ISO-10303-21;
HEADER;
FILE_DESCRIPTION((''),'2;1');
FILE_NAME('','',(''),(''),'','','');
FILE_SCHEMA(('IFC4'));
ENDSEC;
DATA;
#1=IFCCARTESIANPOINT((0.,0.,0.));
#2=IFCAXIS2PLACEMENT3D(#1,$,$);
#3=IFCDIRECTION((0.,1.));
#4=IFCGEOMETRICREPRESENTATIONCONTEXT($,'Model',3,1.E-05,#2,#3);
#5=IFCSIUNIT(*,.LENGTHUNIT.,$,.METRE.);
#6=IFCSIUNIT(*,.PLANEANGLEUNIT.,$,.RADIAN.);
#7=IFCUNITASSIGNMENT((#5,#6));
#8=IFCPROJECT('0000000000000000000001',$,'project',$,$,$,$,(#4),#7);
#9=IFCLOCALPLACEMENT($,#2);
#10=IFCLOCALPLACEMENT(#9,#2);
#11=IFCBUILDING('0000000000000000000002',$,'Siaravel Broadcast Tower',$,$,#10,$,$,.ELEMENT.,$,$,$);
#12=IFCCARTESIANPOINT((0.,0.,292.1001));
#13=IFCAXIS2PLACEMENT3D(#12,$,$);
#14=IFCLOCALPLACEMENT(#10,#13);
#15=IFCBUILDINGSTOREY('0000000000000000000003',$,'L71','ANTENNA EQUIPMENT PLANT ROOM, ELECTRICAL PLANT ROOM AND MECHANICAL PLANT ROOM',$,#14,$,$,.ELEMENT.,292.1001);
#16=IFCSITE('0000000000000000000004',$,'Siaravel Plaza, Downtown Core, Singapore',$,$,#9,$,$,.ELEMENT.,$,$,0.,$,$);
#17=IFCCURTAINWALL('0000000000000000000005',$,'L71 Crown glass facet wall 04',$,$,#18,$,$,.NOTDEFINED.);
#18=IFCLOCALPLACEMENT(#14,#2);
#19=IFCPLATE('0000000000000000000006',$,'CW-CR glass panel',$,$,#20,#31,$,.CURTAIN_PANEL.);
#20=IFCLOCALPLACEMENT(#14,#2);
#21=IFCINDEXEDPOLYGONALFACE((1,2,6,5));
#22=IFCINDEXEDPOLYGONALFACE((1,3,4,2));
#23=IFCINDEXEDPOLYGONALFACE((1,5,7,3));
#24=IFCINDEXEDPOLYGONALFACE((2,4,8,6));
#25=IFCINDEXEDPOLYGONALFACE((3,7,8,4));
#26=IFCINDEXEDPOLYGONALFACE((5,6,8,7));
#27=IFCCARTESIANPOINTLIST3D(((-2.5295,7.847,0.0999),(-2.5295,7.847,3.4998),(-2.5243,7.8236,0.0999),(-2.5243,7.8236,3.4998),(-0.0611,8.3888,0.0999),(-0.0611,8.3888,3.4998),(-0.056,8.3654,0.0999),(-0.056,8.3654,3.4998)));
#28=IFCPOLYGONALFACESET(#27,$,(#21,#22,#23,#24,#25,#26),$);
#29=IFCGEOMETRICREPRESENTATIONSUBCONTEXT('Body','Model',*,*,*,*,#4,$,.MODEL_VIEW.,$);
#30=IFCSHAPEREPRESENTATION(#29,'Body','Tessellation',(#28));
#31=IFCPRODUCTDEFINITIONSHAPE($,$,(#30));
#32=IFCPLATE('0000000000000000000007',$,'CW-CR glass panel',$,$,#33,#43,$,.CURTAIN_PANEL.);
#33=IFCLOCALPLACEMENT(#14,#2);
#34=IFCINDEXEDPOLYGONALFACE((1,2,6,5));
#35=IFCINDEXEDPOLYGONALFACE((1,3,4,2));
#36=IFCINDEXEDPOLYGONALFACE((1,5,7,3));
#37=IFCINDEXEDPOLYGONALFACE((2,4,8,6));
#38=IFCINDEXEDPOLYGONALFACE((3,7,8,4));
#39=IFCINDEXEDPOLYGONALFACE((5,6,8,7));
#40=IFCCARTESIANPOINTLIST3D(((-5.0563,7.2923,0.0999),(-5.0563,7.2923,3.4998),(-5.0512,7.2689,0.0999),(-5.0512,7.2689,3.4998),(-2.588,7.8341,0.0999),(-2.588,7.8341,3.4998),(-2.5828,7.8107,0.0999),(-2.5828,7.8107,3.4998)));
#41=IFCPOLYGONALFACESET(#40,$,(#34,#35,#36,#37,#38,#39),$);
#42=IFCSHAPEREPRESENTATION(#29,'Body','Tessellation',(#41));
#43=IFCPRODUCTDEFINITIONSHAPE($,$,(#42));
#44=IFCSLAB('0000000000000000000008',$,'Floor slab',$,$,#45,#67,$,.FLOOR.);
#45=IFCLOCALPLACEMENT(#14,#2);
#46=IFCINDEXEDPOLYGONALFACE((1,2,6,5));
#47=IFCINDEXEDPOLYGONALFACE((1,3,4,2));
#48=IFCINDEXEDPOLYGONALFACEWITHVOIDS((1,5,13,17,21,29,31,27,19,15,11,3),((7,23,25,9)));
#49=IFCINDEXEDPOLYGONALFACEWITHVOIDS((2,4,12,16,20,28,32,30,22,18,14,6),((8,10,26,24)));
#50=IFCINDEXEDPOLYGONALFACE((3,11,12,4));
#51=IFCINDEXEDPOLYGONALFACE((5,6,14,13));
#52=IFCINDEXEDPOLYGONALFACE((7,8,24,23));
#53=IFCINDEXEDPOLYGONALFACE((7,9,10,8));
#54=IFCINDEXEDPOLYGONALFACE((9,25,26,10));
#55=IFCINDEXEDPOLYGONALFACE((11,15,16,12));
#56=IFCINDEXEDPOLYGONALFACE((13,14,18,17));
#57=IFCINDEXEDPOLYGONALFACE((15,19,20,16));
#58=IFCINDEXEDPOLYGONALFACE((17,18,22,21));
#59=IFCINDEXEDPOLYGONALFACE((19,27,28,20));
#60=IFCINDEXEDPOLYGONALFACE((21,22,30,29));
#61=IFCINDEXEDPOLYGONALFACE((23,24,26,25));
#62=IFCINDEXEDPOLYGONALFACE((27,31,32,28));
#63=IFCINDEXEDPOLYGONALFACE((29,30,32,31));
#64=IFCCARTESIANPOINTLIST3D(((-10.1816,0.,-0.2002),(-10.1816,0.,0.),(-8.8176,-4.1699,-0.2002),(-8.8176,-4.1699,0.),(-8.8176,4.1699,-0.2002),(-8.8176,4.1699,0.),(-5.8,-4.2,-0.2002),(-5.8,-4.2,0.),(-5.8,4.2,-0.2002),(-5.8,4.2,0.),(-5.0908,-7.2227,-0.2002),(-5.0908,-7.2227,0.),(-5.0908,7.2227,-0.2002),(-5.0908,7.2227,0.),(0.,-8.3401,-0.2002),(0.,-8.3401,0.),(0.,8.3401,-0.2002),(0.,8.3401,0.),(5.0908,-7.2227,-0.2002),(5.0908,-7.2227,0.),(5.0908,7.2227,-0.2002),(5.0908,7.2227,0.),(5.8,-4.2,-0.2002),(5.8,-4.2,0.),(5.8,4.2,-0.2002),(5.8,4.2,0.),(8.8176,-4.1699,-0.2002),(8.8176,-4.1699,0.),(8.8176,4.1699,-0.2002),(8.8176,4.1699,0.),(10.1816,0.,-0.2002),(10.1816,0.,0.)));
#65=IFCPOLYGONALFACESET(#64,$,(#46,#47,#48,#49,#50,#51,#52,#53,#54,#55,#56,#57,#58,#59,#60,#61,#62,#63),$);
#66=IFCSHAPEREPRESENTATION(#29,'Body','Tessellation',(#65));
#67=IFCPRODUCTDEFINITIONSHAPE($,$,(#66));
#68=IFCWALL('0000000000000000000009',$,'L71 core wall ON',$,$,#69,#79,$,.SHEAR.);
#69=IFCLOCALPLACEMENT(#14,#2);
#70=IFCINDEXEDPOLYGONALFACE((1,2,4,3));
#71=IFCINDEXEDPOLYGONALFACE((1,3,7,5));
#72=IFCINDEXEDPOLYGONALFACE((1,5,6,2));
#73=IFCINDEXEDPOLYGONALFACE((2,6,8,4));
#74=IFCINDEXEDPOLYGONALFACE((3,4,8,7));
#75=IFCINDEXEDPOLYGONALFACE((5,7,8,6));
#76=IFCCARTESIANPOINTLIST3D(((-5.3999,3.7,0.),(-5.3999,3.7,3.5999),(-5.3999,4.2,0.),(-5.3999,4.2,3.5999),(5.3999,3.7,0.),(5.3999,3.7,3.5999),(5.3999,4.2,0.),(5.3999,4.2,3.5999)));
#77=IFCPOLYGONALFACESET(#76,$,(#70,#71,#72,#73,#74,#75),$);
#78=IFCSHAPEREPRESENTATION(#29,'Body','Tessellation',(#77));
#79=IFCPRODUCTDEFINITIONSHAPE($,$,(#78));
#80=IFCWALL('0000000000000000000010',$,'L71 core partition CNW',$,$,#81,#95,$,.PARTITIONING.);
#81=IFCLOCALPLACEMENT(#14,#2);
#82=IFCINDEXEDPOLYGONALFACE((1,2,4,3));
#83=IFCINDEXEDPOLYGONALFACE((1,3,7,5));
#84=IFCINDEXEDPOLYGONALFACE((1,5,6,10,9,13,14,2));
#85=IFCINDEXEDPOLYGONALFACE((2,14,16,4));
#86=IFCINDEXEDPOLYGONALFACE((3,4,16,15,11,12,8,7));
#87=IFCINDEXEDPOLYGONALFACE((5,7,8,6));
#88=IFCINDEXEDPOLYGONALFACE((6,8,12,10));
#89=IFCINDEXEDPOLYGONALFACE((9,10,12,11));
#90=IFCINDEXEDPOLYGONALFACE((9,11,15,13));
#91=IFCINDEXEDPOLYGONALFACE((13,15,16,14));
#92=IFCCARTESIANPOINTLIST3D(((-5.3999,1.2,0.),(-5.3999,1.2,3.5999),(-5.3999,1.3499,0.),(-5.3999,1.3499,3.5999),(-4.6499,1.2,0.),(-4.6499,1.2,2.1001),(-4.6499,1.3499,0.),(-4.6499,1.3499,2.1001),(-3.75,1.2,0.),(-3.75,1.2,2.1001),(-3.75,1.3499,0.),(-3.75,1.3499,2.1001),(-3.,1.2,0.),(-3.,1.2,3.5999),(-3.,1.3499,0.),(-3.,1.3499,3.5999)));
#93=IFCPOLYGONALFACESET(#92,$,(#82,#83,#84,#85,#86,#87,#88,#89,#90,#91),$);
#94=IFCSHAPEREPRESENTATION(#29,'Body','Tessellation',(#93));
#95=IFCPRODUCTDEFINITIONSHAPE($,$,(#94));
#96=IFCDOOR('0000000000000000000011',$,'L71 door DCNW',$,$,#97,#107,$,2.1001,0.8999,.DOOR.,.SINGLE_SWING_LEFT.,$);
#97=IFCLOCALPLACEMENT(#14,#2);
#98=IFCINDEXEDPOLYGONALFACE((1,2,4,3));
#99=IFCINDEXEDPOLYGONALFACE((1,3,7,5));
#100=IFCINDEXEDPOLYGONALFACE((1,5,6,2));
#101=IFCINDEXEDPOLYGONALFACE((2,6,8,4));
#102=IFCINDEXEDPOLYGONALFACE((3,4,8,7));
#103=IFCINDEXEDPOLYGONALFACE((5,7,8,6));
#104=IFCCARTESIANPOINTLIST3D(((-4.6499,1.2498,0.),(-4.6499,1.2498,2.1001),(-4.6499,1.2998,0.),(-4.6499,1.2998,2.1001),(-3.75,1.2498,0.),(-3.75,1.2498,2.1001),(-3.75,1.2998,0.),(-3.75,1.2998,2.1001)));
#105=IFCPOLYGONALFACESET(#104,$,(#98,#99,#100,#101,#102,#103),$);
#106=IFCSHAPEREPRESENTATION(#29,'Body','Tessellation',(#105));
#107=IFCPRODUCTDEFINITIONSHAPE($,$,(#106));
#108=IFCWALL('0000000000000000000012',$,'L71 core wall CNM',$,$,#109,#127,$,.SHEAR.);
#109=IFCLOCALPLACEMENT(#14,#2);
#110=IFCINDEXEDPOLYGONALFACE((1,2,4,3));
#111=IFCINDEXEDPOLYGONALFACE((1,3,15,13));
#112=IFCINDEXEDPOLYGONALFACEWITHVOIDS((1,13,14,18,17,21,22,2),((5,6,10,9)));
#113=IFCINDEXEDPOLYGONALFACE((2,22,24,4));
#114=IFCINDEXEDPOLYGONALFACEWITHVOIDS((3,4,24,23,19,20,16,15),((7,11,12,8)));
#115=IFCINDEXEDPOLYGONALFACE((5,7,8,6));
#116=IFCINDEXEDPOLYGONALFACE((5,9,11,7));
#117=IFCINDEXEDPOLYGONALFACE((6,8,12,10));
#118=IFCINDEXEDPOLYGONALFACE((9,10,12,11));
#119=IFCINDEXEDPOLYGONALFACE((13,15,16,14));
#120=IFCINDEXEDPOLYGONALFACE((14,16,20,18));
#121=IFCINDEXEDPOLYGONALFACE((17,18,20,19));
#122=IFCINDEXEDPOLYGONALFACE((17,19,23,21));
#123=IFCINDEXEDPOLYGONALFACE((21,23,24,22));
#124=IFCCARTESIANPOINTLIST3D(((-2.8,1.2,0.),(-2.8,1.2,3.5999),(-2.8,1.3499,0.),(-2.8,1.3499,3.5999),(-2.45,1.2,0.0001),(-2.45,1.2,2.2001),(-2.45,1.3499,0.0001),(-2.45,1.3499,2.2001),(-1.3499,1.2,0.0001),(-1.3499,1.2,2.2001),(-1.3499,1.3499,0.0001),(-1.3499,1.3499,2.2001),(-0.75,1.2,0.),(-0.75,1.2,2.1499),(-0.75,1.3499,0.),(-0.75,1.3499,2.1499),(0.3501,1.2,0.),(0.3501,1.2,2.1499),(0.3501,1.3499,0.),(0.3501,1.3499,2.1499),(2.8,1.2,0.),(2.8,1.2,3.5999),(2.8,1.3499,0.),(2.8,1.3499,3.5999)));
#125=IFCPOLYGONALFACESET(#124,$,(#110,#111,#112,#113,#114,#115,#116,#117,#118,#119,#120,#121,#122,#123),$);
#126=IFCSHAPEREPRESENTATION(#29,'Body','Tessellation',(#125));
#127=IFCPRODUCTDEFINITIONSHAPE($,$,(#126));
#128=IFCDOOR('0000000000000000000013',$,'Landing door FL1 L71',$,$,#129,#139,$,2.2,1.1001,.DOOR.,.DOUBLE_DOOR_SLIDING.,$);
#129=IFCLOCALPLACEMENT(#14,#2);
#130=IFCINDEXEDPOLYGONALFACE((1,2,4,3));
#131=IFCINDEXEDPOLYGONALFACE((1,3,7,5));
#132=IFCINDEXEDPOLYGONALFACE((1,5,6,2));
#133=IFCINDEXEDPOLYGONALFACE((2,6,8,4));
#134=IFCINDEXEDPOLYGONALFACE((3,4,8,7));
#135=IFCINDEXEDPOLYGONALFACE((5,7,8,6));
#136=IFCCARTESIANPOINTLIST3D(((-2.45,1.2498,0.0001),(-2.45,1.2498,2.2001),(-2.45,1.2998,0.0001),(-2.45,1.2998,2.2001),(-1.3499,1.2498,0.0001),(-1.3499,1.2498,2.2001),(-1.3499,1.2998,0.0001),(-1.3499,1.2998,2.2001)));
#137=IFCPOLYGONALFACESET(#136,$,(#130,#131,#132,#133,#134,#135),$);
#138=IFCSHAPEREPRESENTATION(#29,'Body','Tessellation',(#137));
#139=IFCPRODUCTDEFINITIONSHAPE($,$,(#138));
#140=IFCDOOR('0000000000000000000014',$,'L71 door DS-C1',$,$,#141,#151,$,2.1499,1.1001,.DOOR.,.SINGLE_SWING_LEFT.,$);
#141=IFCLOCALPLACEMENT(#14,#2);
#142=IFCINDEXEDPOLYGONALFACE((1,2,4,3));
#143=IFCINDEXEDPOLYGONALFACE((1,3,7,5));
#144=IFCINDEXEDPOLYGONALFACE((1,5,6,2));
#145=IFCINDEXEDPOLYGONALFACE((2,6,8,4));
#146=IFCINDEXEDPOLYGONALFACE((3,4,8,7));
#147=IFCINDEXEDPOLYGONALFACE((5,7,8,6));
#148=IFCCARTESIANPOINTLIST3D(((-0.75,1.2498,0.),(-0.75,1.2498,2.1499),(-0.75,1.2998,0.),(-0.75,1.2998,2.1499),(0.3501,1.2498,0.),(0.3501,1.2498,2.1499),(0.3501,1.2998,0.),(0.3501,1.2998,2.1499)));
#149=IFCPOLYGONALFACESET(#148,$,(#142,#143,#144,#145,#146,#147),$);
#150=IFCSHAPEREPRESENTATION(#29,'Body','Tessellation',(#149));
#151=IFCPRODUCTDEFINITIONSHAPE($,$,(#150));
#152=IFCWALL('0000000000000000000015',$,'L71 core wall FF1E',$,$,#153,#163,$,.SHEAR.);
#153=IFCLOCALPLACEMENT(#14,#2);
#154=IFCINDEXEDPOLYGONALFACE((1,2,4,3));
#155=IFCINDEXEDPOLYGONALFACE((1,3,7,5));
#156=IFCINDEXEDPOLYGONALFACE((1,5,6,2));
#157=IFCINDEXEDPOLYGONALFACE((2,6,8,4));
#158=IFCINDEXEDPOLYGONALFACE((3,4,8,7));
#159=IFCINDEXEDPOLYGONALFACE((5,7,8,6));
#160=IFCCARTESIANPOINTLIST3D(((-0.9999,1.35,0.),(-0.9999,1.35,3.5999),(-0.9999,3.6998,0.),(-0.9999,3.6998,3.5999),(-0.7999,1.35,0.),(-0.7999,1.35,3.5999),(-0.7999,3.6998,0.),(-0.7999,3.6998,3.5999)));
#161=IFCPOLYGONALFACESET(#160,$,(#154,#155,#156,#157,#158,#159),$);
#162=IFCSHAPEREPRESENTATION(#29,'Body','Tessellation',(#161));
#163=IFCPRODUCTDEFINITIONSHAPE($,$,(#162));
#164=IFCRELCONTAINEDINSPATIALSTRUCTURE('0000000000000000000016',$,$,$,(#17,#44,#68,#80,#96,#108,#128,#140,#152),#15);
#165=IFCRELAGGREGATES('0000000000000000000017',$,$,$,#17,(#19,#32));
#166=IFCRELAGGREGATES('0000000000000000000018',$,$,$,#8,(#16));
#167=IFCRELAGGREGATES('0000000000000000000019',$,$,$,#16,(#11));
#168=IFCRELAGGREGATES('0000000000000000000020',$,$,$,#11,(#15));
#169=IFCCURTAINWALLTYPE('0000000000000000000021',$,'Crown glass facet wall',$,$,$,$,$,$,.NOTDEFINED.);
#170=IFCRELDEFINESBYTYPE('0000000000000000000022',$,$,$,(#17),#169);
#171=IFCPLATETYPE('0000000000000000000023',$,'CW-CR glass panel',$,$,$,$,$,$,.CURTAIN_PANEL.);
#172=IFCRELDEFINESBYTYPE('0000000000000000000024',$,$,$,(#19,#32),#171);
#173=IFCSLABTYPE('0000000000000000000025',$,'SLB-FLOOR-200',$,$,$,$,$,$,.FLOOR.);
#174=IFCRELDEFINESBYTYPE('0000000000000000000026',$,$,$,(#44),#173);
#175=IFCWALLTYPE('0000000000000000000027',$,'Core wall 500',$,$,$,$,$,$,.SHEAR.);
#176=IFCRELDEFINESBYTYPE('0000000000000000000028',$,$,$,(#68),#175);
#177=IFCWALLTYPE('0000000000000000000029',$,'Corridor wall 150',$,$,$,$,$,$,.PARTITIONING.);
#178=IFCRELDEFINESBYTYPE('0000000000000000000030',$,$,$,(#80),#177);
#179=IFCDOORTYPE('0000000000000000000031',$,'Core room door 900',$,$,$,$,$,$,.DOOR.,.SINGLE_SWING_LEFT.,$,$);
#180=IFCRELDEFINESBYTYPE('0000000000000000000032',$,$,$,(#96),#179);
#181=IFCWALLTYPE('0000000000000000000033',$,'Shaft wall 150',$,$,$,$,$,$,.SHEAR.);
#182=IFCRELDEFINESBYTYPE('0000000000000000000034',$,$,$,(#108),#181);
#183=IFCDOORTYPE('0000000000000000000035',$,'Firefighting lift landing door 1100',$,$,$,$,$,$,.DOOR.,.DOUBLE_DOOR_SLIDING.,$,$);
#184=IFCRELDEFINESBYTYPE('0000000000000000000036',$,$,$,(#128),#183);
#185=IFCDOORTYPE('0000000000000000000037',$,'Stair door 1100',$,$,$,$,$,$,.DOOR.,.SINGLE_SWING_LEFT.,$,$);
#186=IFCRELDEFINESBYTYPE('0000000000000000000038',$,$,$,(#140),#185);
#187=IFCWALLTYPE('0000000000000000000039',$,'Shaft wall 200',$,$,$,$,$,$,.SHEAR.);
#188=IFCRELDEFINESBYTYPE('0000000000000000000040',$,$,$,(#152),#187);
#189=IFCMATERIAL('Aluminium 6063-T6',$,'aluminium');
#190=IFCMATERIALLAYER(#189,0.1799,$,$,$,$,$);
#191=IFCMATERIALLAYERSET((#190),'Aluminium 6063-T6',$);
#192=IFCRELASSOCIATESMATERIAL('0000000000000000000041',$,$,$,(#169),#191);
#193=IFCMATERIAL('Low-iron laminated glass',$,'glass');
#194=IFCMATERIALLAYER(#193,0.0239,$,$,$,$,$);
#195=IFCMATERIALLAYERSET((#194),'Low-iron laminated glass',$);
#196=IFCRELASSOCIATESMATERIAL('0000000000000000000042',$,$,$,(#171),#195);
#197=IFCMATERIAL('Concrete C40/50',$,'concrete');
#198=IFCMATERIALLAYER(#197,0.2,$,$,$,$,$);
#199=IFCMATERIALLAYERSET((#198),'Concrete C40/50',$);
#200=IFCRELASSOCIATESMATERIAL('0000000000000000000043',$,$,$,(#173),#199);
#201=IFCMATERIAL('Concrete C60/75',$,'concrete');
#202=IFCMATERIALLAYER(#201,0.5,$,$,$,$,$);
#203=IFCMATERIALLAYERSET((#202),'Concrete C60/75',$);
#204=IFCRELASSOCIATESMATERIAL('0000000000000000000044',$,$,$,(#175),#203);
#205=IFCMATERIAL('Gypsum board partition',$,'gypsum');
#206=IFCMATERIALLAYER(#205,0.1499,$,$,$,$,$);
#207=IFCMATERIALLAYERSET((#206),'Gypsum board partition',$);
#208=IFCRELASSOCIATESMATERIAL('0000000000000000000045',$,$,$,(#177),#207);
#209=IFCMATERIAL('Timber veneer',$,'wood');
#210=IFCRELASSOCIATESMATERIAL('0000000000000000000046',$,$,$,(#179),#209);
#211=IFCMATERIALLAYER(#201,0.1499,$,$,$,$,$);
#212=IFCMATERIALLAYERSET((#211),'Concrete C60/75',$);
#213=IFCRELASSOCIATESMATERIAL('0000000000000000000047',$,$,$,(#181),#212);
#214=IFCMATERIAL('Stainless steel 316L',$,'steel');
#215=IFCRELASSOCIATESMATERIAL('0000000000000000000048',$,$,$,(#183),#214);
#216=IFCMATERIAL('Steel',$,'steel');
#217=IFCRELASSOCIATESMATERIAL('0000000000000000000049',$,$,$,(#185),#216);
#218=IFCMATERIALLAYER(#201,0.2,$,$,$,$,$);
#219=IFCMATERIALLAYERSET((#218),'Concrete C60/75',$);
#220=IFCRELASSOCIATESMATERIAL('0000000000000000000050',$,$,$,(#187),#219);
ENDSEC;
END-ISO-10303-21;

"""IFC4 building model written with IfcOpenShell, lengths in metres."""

from ifc_helpers import new_model, si_unit, direction, frame, frame_2d, origin, origin_2d, place, context, subcontext, project, spatial, polyline, rectangle, outline, extrude, material, layer, layer_set, type_object, element, fill, aggregate, save


model = new_model("IFC4")

# Units and contexts
model_context = context("Model", 3, precision=1e-05, world=origin(), true_north=direction((0.0, 1.0)))
body_context = subcontext(model_context, "Body", "Model", "MODEL_VIEW")
ifc_project = project(units=[si_unit("LENGTHUNIT", "METRE"), si_unit("PLANEANGLEUNIT", "RADIAN")], contexts=[model_context])

# Site, building, storey
site_placement = place(None, origin())
site = spatial("IfcSite", under=ifc_project, at=site_placement, Name="Siaravel Plaza, Downtown Core, Singapore", CompositionType="ELEMENT", RefElevation=0.0)
building_placement = place(site_placement, origin())
building = spatial("IfcBuilding", under=site, at=building_placement, Name="Siaravel Broadcast Tower", CompositionType="ELEMENT")
storey_placement = place(building_placement, frame((0.0, 0.0, 292.1001)))
storey = spatial("IfcBuildingStorey", under=building, at=storey_placement, Name="L71", Description="ANTENNA EQUIPMENT PLANT ROOM, ELECTRICAL PLANT ROOM AND MECHANICAL PLANT ROOM", CompositionType="ELEMENT", Elevation=292.1001)

# Curtain wall
ifc_material_1 = material(Name="Aluminium 6063-T6", Category="aluminium")
ifc_layer_1 = layer(ifc_material_1, 0.1799)
ifc_layer_set_1 = layer_set([ifc_layer_1], Name="Aluminium 6063-T6")
curtain_wall_type = type_object("IfcCurtainWallType", Name="Crown glass facet wall", PredefinedType="NOTDEFINED", material=ifc_layer_set_1)
curtain_wall_1_placement = place(storey_placement, origin())
curtain_wall_1 = element("IfcCurtainWall", 1, at=curtain_wall_1_placement, inside=storey, type_object=curtain_wall_type, Name="L71 Crown glass facet wall 04", PredefinedType="NOTDEFINED")

# Plates
ifc_material_2 = material(Name="Low-iron laminated glass", Category="glass")
ifc_layer_2 = layer(ifc_material_2, 0.0239)
ifc_layer_set_2 = layer_set([ifc_layer_2], Name="Low-iron laminated glass")
plate_type = type_object("IfcPlateType", Name="CW-CR glass panel", PredefinedType="CURTAIN_PANEL", material=ifc_layer_set_2)
plate_1_placement = place(storey_placement, frame((-1.2927, 8.1062, 0.0999), z_axis=(0.0, 0.0, 1.0), x_axis=(-0.976746, -0.214399, 0.0)))
plate_1 = element("IfcPlate", 2, at=plate_1_placement, type_object=plate_type, Name="CW-CR glass panel", PredefinedType="CURTAIN_PANEL", context=body_context, shape_type="SweptSolid", body=[
    extrude(rectangle(XDim=2.5271, YDim=0.0239, at=origin_2d()), origin(), (0.0, 0.0, 1.0), 3.3999),
])
plate_2_placement = place(storey_placement, frame((-3.8196, 7.5515, 0.0999), z_axis=(0.0, 0.0, 1.0), x_axis=(-0.976746, -0.214399, 0.0)))
plate_2 = element("IfcPlate", 3, at=plate_2_placement, type_object=plate_type, Name="CW-CR glass panel", PredefinedType="CURTAIN_PANEL", context=body_context, shape_type="SweptSolid", body=[
    extrude(rectangle(XDim=2.5271, YDim=0.0239, at=origin_2d()), origin(), (0.0, 0.0, 1.0), 3.3999),
])
aggregate(curtain_wall_1, [plate_1, plate_2])

# Slab
ifc_material_3 = material(Name="Concrete C40/50", Category="concrete")
ifc_layer_3 = layer(ifc_material_3, 0.2)
ifc_layer_set_3 = layer_set([ifc_layer_3], Name="Concrete C40/50")
slab_type = type_object("IfcSlabType", Name="SLB-FLOOR-200", PredefinedType="FLOOR", material=ifc_layer_set_3)
slab_placement = place(storey_placement, frame((0.0, 0.0, -0.2002)))
element("IfcSlab", 4, at=slab_placement, inside=storey, type_object=slab_type, Name="Floor slab", PredefinedType="FLOOR", context=body_context, shape_type="SweptSolid", body=[
    extrude(outline(polyline([(10.1816, 0.0), (8.8176, 4.1699), (5.0908, 7.2227), (0.0, 8.3401), (-5.0908, 7.2227), (-8.8176, 4.1699), (-10.1816, 0.0), (-8.8176, -4.1699), (-5.0908, -7.2227), (0.0, -8.3401), (5.0908, -7.2227), (8.8176, -4.1699), (10.1816, 0.0)]), holes=[polyline([(-5.8, 4.2), (5.8, 4.2), (5.8, -4.2), (-5.8, -4.2), (-5.8, 4.2)])]), origin(), (0.0, 0.0, 1.0), 0.2002),
])

# Wall
ifc_material_4 = material(Name="Concrete C60/75", Category="concrete")
ifc_layer_4 = layer(ifc_material_4, 0.5)
ifc_layer_set_4 = layer_set([ifc_layer_4], Name="Concrete C60/75")
wall_type_1 = type_object("IfcWallType", Name="Core wall 500", PredefinedType="SHEAR", material=ifc_layer_set_4)
wall_1_placement = place(storey_placement, frame((-5.3999, 3.95, 0.0), z_axis=(0.0, 0.0, 1.0), x_axis=(1.0, 0.0, 0.0)))
element("IfcWall", 5, at=wall_1_placement, inside=storey, type_object=wall_type_1, Name="L71 core wall ON", PredefinedType="SHEAR", context=body_context, shape_type="SweptSolid", body=[
    extrude(rectangle(XDim=10.7998, YDim=0.5, at=frame_2d((5.3999, 0.0))), origin(), (0.0, 0.0, 1.0), 3.5999),
])

# Wall, opening, door
ifc_material_5 = material(Name="Gypsum board partition", Category="gypsum")
ifc_layer_5 = layer(ifc_material_5, 0.1499)
ifc_layer_set_5 = layer_set([ifc_layer_5], Name="Gypsum board partition")
wall_type_2 = type_object("IfcWallType", Name="Corridor wall 150", PredefinedType="PARTITIONING", material=ifc_layer_set_5)
wall_2_placement = place(storey_placement, frame((-5.3999, 1.2749, 0.0), z_axis=(0.0, 0.0, 1.0), x_axis=(1.0, 0.0, 0.0)))
wall_2 = element("IfcWall", 6, at=wall_2_placement, inside=storey, type_object=wall_type_2, Name="L71 core partition CNW", PredefinedType="PARTITIONING", context=body_context, shape_type="SweptSolid", body=[
    extrude(rectangle(XDim=2.3999, YDim=0.1499, at=frame_2d((1.2, 0.0))), origin(), (0.0, 0.0, 1.0), 3.5999),
])
opening_1_placement = place(wall_2_placement, frame((0.75, 0.0, 0.0)))
opening_1 = element("IfcOpeningElement", 7, at=opening_1_placement, cuts=wall_2, PredefinedType="OPENING", context=body_context, shape_type="SweptSolid", body=[
    extrude(rectangle(XDim=0.8999, YDim=2.1001, at=frame_2d((0.45, 1.05))), frame((0.0, 0.085, 0.0), z_axis=(0.0, -1.0, 0.0), x_axis=(1.0, 0.0, 0.0)), (0.0, 0.0, 1.0), 0.1699),
])
ifc_material_6 = material(Name="Timber veneer", Category="wood")
door_type_1 = type_object("IfcDoorType", Name="Core room door 900", OperationType="SINGLE_SWING_LEFT", PredefinedType="DOOR", material=ifc_material_6)
door_1_placement = place(opening_1_placement, origin())
door_1 = element("IfcDoor", 8, at=door_1_placement, inside=storey, type_object=door_type_1, Name="L71 door DCNW", OperationType="SINGLE_SWING_LEFT", OverallHeight=2.1001, OverallWidth=0.8999, PredefinedType="DOOR", context=body_context, shape_type="SweptSolid", body=[
    extrude(rectangle(XDim=0.8999, YDim=2.1001, at=frame_2d((0.45, 1.05))), frame((0.0, 0.0249, 0.0), z_axis=(0.0, -1.0, 0.0), x_axis=(1.0, 0.0, 0.0)), (0.0, 0.0, 1.0), 0.05),
])
fill(opening_1, door_1)

# Wall, openings, doors
ifc_layer_6 = layer(ifc_material_4, 0.1499)
ifc_layer_set_6 = layer_set([ifc_layer_6], Name="Concrete C60/75")
wall_type_3 = type_object("IfcWallType", Name="Shaft wall 150", PredefinedType="SHEAR", material=ifc_layer_set_6)
wall_3_placement = place(storey_placement, frame((-2.8, 1.2749, 0.0), z_axis=(0.0, 0.0, 1.0), x_axis=(1.0, 0.0, 0.0)))
wall_3 = element("IfcWall", 9, at=wall_3_placement, inside=storey, type_object=wall_type_3, Name="L71 core wall CNM", PredefinedType="SHEAR", context=body_context, shape_type="SweptSolid", body=[
    extrude(rectangle(XDim=5.6001, YDim=0.1499, at=frame_2d((2.8, 0.0))), origin(), (0.0, 0.0, 1.0), 3.5999),
])
opening_2_placement = place(wall_3_placement, frame((0.3501, 0.0, 0.0)))
opening_2 = element("IfcOpeningElement", 10, at=opening_2_placement, cuts=wall_3, PredefinedType="OPENING", context=body_context, shape_type="SweptSolid", body=[
    extrude(rectangle(XDim=1.1001, YDim=2.2, at=frame_2d((0.55, 1.1001))), frame((0.0, 0.085, 0.0), z_axis=(0.0, -1.0, 0.0), x_axis=(1.0, 0.0, 0.0)), (0.0, 0.0, 1.0), 0.1699),
])
opening_3_placement = place(wall_3_placement, frame((2.05, 0.0, 0.0)))
opening_3 = element("IfcOpeningElement", 11, at=opening_3_placement, cuts=wall_3, PredefinedType="OPENING", context=body_context, shape_type="SweptSolid", body=[
    extrude(rectangle(XDim=1.1001, YDim=2.1499, at=frame_2d((0.55, 1.075))), frame((0.0, 0.085, 0.0), z_axis=(0.0, -1.0, 0.0), x_axis=(1.0, 0.0, 0.0)), (0.0, 0.0, 1.0), 0.1699),
])
ifc_material_7 = material(Name="Stainless steel 316L", Category="steel")
door_type_2 = type_object("IfcDoorType", Name="Firefighting lift landing door 1100", OperationType="DOUBLE_DOOR_SLIDING", PredefinedType="DOOR", material=ifc_material_7)
door_2_placement = place(opening_2_placement, origin())
door_2 = element("IfcDoor", 12, at=door_2_placement, inside=storey, type_object=door_type_2, Name="Landing door FL1 L71", OperationType="DOUBLE_DOOR_SLIDING", OverallHeight=2.2, OverallWidth=1.1001, PredefinedType="DOOR", context=body_context, shape_type="SweptSolid", body=[
    extrude(rectangle(XDim=1.1001, YDim=2.2, at=frame_2d((0.55, 1.1001))), frame((0.0, 0.0249, 0.0), z_axis=(0.0, -1.0, 0.0), x_axis=(1.0, 0.0, 0.0)), (0.0, 0.0, 1.0), 0.05),
])
fill(opening_2, door_2)
ifc_material_8 = material(Name="Steel", Category="steel")
door_type_3 = type_object("IfcDoorType", Name="Stair door 1100", OperationType="SINGLE_SWING_LEFT", PredefinedType="DOOR", material=ifc_material_8)
door_3_placement = place(opening_3_placement, origin())
door_3 = element("IfcDoor", 13, at=door_3_placement, inside=storey, type_object=door_type_3, Name="L71 door DS-C1", OperationType="SINGLE_SWING_LEFT", OverallHeight=2.1499, OverallWidth=1.1001, PredefinedType="DOOR", context=body_context, shape_type="SweptSolid", body=[
    extrude(rectangle(XDim=1.1001, YDim=2.1499, at=frame_2d((0.55, 1.075))), frame((0.0, 0.0249, 0.0), z_axis=(0.0, -1.0, 0.0), x_axis=(1.0, 0.0, 0.0)), (0.0, 0.0, 1.0), 0.05),
])
fill(opening_3, door_3)

# Wall
ifc_layer_7 = layer(ifc_material_4, 0.2)
ifc_layer_set_7 = layer_set([ifc_layer_7], Name="Concrete C60/75")
wall_type_4 = type_object("IfcWallType", Name="Shaft wall 200", PredefinedType="SHEAR", material=ifc_layer_set_7)
wall_4_placement = place(storey_placement, frame((-0.8999, 1.3501, 0.0), z_axis=(0.0, 0.0, 1.0), x_axis=(0.0, 1.0, 0.0)))
element("IfcWall", 14, at=wall_4_placement, inside=storey, type_object=wall_type_4, Name="L71 core wall FF1E", PredefinedType="SHEAR", context=body_context, shape_type="SweptSolid", body=[
    extrude(rectangle(XDim=2.3499, YDim=0.2, at=frame_2d((1.1748, 0.0))), origin(), (0.0, 0.0, 1.0), 3.5999),
])

save(model, "model.ifc")
